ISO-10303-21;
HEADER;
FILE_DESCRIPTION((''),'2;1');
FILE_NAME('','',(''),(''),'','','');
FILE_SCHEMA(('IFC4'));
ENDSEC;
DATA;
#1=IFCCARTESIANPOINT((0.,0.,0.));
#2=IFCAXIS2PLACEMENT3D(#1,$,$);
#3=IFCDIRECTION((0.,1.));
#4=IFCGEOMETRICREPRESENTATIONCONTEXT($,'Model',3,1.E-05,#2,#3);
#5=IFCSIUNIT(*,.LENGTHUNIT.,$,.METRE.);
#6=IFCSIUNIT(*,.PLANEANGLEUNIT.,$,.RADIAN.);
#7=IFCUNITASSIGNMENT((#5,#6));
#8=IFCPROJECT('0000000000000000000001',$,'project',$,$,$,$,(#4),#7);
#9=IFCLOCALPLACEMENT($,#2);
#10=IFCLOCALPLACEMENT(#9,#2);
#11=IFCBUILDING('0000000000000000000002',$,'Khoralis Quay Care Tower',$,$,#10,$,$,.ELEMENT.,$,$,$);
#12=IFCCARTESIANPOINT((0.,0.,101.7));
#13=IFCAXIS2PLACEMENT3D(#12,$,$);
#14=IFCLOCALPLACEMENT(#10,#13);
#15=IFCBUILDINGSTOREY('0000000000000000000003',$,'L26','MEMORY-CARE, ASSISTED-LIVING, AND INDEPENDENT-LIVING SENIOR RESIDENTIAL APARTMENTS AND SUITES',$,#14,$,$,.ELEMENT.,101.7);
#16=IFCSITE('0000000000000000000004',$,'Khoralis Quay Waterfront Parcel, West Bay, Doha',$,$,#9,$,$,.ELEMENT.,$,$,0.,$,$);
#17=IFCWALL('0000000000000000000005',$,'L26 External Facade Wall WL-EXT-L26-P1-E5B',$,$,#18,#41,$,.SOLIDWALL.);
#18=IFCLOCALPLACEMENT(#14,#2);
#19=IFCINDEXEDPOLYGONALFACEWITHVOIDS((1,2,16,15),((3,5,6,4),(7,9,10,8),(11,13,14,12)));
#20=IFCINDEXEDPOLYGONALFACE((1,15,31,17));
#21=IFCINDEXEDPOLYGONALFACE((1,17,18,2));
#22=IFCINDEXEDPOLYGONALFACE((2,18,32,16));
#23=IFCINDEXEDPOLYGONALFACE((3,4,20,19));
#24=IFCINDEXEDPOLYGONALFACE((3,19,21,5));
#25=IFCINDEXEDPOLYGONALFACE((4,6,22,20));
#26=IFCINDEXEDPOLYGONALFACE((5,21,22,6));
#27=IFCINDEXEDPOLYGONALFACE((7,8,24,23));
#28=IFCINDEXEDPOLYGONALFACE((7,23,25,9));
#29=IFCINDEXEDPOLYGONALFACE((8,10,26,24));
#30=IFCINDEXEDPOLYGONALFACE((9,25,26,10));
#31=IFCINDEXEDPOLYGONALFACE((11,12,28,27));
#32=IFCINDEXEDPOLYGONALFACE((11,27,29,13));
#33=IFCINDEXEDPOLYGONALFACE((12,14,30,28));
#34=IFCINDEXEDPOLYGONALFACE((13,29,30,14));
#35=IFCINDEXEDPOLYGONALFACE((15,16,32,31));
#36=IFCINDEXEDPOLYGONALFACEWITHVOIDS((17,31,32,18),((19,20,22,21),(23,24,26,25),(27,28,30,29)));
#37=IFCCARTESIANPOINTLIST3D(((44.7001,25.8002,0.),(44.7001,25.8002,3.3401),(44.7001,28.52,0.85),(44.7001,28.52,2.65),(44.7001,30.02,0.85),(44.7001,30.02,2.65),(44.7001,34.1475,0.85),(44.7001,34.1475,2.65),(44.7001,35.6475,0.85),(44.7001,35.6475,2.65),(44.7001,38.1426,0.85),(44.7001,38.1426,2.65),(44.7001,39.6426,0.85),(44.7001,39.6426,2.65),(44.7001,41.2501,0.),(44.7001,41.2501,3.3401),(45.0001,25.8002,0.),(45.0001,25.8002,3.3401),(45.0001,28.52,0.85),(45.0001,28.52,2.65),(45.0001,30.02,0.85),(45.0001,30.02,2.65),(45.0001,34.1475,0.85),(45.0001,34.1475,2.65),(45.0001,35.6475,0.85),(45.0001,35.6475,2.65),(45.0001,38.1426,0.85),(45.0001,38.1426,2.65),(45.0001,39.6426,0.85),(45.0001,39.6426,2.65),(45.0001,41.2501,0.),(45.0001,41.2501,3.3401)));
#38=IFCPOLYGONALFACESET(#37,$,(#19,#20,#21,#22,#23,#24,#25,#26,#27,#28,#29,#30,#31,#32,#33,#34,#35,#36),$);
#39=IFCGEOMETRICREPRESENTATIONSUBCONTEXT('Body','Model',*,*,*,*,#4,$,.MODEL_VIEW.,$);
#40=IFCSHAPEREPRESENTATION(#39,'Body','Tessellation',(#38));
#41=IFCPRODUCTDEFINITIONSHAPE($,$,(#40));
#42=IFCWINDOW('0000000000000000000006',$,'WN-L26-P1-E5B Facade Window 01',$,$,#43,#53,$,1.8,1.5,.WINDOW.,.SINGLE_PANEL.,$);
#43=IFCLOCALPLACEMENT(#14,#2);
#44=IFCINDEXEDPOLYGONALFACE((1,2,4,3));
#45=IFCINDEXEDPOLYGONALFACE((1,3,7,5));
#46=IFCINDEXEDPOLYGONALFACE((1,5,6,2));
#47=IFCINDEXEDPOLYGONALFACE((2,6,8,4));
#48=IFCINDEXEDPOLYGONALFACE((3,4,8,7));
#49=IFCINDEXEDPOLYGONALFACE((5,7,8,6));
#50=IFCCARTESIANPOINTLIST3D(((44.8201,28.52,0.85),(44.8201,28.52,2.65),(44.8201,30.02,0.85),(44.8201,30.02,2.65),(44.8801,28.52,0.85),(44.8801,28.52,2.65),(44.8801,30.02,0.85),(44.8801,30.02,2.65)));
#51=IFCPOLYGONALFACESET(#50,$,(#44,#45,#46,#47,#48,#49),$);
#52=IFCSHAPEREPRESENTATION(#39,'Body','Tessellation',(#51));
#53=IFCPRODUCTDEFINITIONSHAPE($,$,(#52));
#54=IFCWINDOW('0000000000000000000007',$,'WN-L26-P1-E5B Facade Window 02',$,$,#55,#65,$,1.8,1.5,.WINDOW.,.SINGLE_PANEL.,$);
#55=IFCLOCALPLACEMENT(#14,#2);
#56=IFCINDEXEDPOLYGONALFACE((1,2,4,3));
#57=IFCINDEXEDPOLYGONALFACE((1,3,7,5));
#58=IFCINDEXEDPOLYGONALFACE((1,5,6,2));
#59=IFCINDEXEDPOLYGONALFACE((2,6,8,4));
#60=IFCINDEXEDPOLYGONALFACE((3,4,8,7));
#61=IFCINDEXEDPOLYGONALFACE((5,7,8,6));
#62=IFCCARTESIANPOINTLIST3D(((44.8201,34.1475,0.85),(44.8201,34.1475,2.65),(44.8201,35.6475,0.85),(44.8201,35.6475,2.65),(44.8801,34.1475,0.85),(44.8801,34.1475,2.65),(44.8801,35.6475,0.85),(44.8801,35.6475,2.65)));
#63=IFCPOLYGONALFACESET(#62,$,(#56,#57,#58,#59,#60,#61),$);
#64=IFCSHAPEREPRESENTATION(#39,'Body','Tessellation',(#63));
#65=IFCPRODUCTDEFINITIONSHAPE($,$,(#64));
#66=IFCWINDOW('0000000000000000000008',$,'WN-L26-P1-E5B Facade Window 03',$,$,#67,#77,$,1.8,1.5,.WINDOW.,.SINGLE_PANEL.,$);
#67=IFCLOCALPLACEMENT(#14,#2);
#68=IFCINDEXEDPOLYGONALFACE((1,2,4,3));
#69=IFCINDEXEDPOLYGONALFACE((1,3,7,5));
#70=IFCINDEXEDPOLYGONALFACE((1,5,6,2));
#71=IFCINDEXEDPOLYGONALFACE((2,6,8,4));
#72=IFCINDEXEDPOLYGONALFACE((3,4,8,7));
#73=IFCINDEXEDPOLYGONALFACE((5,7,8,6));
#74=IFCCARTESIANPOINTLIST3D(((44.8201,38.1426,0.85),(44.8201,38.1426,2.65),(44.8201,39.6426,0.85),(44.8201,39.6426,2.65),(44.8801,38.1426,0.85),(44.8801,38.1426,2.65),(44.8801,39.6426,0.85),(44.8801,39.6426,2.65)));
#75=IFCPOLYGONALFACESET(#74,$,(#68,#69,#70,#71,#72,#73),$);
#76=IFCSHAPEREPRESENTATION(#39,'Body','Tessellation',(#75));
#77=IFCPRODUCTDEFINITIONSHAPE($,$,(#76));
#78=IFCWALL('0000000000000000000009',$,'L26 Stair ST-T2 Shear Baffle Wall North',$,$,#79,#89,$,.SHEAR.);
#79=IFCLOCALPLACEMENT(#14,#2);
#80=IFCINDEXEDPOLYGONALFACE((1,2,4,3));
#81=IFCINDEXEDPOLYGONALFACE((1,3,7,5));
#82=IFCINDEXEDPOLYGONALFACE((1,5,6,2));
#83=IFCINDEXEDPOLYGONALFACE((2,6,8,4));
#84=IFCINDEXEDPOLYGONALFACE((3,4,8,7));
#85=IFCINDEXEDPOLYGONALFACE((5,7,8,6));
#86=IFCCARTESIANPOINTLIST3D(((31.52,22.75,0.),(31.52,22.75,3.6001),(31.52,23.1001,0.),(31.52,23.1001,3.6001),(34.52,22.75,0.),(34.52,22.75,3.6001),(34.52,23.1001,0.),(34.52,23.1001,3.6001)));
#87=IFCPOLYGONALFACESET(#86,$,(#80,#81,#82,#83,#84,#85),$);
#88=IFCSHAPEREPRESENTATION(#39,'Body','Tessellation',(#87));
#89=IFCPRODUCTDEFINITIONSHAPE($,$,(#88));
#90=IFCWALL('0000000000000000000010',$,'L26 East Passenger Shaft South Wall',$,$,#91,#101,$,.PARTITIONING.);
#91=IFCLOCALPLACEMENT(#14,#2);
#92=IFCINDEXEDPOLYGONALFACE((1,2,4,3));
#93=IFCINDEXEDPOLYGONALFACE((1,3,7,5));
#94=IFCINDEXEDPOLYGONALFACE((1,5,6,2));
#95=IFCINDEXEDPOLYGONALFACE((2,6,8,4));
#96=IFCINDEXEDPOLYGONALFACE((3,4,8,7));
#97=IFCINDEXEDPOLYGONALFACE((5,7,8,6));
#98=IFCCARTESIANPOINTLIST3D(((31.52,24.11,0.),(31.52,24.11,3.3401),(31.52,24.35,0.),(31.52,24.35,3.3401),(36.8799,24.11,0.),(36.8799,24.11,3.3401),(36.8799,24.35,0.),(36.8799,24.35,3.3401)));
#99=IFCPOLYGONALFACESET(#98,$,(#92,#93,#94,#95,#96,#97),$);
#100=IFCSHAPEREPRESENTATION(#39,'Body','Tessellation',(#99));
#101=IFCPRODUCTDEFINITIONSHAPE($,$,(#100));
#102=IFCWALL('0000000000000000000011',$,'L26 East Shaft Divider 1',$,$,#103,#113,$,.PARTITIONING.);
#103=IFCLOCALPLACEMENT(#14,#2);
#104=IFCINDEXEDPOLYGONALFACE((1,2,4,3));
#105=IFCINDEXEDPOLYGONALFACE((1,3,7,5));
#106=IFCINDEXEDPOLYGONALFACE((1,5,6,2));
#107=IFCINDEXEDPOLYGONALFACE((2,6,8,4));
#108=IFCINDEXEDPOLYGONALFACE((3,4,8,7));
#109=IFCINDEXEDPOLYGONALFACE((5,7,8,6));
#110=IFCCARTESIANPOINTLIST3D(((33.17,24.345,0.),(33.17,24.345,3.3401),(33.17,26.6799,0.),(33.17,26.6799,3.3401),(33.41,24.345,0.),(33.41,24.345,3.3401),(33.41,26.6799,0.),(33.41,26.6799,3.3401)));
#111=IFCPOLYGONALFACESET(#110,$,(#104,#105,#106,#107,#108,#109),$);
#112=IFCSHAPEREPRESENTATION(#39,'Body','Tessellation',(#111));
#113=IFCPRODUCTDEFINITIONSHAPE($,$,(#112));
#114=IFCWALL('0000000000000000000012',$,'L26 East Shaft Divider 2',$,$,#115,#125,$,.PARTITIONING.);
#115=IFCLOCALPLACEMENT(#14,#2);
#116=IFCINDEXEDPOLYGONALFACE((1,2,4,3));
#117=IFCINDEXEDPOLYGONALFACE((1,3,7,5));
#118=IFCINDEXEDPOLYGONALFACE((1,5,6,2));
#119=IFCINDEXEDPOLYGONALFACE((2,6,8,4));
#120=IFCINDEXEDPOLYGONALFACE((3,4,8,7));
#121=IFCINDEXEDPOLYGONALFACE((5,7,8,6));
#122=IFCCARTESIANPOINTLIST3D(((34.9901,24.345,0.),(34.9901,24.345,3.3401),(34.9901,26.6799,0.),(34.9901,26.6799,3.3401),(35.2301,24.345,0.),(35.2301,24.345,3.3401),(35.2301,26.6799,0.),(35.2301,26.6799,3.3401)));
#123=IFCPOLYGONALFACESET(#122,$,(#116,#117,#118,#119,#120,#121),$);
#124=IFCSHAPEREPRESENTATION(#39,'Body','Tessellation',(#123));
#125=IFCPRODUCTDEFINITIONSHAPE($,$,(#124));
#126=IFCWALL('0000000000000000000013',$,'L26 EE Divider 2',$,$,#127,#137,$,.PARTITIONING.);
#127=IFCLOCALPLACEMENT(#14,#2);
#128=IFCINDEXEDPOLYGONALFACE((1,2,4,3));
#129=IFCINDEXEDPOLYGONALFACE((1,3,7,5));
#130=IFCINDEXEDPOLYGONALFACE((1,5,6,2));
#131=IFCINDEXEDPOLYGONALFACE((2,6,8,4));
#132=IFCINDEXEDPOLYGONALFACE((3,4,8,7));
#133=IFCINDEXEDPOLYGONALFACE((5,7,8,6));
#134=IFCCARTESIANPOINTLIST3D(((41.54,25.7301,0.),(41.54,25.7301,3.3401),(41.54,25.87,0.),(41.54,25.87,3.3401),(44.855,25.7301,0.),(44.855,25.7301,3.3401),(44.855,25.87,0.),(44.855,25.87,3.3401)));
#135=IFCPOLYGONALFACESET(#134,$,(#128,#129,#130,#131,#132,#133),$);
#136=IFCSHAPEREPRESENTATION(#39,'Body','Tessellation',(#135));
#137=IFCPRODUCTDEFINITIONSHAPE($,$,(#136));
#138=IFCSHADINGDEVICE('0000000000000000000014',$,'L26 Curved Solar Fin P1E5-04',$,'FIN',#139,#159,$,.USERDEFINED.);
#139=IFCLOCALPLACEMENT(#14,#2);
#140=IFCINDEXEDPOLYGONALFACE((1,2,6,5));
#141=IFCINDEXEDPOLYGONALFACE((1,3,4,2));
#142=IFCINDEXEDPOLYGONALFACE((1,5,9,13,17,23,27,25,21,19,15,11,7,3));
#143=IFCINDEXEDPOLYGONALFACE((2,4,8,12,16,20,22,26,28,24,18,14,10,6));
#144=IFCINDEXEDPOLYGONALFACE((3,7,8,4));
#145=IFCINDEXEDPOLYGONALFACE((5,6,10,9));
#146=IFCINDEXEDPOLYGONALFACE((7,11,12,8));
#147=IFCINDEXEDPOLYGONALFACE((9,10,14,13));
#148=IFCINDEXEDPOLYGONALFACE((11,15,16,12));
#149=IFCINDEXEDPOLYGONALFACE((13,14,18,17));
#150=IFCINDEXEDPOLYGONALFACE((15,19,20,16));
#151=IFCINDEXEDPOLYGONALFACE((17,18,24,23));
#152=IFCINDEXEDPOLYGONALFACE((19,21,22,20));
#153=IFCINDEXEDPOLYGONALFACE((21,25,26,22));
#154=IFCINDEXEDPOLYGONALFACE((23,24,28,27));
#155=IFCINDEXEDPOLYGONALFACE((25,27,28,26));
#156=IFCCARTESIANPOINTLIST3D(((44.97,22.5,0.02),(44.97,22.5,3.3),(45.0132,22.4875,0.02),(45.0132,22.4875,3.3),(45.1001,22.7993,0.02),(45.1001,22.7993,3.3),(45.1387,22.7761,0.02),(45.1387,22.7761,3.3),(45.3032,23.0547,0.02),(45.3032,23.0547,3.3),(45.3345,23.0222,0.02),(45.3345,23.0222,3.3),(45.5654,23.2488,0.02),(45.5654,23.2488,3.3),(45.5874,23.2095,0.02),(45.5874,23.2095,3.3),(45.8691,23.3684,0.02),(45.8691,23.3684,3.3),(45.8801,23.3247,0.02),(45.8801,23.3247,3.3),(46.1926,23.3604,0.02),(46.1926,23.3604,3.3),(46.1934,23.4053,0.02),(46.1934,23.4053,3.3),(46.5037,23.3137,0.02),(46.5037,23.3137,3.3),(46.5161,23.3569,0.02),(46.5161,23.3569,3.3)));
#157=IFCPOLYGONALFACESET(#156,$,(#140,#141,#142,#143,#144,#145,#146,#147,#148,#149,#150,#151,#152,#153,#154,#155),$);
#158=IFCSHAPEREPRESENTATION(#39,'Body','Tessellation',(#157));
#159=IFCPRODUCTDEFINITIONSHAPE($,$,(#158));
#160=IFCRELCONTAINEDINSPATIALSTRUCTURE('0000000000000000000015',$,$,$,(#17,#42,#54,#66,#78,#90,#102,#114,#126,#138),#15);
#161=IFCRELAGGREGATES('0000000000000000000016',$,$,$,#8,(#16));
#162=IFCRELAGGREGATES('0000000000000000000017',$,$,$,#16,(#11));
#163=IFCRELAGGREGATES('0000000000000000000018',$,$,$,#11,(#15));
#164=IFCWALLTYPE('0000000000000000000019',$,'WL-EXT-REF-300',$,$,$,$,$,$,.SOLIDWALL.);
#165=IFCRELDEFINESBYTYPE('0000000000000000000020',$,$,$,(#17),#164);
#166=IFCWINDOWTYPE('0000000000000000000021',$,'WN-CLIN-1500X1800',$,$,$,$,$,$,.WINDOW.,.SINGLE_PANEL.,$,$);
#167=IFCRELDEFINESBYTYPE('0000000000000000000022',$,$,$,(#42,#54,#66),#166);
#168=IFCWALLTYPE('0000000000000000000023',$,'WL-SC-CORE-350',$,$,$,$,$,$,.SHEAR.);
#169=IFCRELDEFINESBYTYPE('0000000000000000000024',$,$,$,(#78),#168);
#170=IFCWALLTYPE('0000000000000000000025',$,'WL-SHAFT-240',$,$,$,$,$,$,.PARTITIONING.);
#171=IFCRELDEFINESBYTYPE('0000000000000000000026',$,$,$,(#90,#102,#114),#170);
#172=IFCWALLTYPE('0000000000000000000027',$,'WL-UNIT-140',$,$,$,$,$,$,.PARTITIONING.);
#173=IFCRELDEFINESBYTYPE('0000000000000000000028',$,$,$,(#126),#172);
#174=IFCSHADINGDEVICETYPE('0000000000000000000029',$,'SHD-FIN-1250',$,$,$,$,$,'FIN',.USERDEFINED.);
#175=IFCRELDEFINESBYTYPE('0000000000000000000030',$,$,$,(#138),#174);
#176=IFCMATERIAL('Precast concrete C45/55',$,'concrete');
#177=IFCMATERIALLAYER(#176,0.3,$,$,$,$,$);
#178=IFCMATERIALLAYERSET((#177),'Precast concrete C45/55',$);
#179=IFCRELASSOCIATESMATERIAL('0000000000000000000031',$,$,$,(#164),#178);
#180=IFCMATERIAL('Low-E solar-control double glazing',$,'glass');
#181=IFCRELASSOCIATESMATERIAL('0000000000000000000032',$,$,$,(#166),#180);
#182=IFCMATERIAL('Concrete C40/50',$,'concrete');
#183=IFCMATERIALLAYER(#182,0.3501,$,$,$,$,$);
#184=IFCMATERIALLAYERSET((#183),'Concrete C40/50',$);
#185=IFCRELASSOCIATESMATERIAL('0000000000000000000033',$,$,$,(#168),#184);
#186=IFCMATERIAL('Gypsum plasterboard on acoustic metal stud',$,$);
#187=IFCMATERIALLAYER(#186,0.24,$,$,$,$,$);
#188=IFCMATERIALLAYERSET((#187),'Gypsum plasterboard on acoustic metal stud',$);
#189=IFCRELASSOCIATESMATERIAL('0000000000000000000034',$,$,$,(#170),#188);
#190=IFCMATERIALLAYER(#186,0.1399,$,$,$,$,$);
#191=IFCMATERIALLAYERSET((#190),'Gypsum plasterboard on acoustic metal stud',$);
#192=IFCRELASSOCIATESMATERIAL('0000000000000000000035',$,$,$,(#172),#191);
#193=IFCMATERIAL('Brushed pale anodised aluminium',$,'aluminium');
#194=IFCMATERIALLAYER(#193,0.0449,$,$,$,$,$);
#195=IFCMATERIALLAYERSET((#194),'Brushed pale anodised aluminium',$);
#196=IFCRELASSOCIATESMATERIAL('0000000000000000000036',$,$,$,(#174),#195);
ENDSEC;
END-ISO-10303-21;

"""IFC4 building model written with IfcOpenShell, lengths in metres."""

from ifc_helpers import new_model, si_unit, direction, frame, frame_2d, origin, place, context, subcontext, project, spatial, polyline, rectangle, outline, extrude, source, transform, mapped, material, layer, layer_set, type_object, element, fill, save


model = new_model("IFC4")

# Units and contexts
model_context = context("Model", 3, precision=1e-05, world=origin(), true_north=direction((0.0, 1.0)))
body_context = subcontext(model_context, "Body", "Model", "MODEL_VIEW")
ifc_project = project(units=[si_unit("LENGTHUNIT", "METRE"), si_unit("PLANEANGLEUNIT", "RADIAN")], contexts=[model_context])

# Site, building, storey
site_placement = place(None, origin())
site = spatial("IfcSite", under=ifc_project, at=site_placement, Name="Khoralis Quay Waterfront Parcel, West Bay, Doha", CompositionType="ELEMENT", RefElevation=0.0)
building_placement = place(site_placement, origin())
building = spatial("IfcBuilding", under=site, at=building_placement, Name="Khoralis Quay Care Tower", CompositionType="ELEMENT")
storey_placement = place(building_placement, frame((0.0, 0.0, 101.7)))
storey = spatial("IfcBuildingStorey", under=building, at=storey_placement, Name="L26", Description="MEMORY-CARE, ASSISTED-LIVING, AND INDEPENDENT-LIVING SENIOR RESIDENTIAL APARTMENTS AND SUITES", CompositionType="ELEMENT", Elevation=101.7)

# Shared definitions
ifc_material_1 = material(Name="Low-E solar-control double glazing", Category="glass")

# Wall, openings, windows
ifc_material_2 = material(Name="Precast concrete C45/55", Category="concrete")
ifc_layer_1 = layer(ifc_material_2, 0.3)
ifc_layer_set_1 = layer_set([ifc_layer_1], Name="Precast concrete C45/55")
wall_type_1 = type_object("IfcWallType", Name="WL-EXT-REF-300", PredefinedType="SOLIDWALL", material=ifc_layer_set_1)
wall_1_placement = place(storey_placement, frame((44.8501, 25.8, 0.0), z_axis=(0.0, 0.0, 1.0), x_axis=(0.0, 1.0, 0.0)))
wall_1 = element("IfcWall", 1, at=wall_1_placement, inside=storey, type_object=wall_type_1, Name="L26 External Facade Wall WL-EXT-L26-P1-E5B", PredefinedType="SOLIDWALL", context=body_context, shape_type="SweptSolid", body=[
    extrude(rectangle(XDim=15.45, YDim=0.3, at=frame_2d((7.7251, 0.0))), origin(), (0.0, 0.0, 1.0), 3.3401),
])
opening_1_placement = place(wall_1_placement, frame((2.72, 0.0, 0.8501)))
opening_1 = element("IfcOpeningElement", 2, at=opening_1_placement, cuts=wall_1, PredefinedType="OPENING", context=body_context, shape_type="SweptSolid", body=[
    extrude(rectangle(XDim=1.5, YDim=1.8, at=frame_2d((0.75, 0.8999))), frame((0.0, 0.1602, 0.0), z_axis=(0.0, -1.0, 0.0), x_axis=(1.0, 0.0, 0.0)), (0.0, 0.0, 1.0), 0.3201),
])
opening_2_placement = place(wall_1_placement, frame((8.3474, 0.0, 0.8501)))
opening_2 = element("IfcOpeningElement", 3, at=opening_2_placement, cuts=wall_1, PredefinedType="OPENING", context=body_context, shape_type="SweptSolid", body=[
    extrude(rectangle(XDim=1.5, YDim=1.8, at=frame_2d((0.75, 0.8999))), frame((0.0, 0.1602, 0.0), z_axis=(0.0, -1.0, 0.0), x_axis=(1.0, 0.0, 0.0)), (0.0, 0.0, 1.0), 0.3201),
])
opening_3_placement = place(wall_1_placement, frame((12.3425, 0.0, 0.8501)))
opening_3 = element("IfcOpeningElement", 4, at=opening_3_placement, cuts=wall_1, PredefinedType="OPENING", context=body_context, shape_type="SweptSolid", body=[
    extrude(rectangle(XDim=1.5, YDim=1.8, at=frame_2d((0.75, 0.8999))), frame((0.0, 0.1602, 0.0), z_axis=(0.0, -1.0, 0.0), x_axis=(1.0, 0.0, 0.0)), (0.0, 0.0, 1.0), 0.3201),
])
window_type = type_object("IfcWindowType", Name="WN-CLIN-1500X1800", PartitioningType="SINGLE_PANEL", PredefinedType="WINDOW", material=ifc_material_1)
shared_shape_1 = source(origin(), body_context, "Body", "SweptSolid", [
    extrude(rectangle(XDim=1.5, YDim=1.8, at=frame_2d((0.75, 0.8999))), frame((0.0, 0.03, 0.0), z_axis=(0.0, -1.0, 0.0), x_axis=(1.0, 0.0, 0.0)), (0.0, 0.0, 1.0), 0.0601),
])
window_1_placement = place(opening_1_placement, origin())
window_1 = element("IfcWindow", 5, at=window_1_placement, inside=storey, type_object=window_type, Name="WN-L26-P1-E5B Facade Window 01", OverallHeight=1.8, OverallWidth=1.5, PartitioningType="SINGLE_PANEL", PredefinedType="WINDOW", context=body_context, shape_type="MappedRepresentation", body=[
    mapped(shared_shape_1, transform((0.0, 0.0, 0.0), scale=1.0)),
])
fill(opening_1, window_1)
window_2_placement = place(opening_2_placement, origin())
window_2 = element("IfcWindow", 6, at=window_2_placement, inside=storey, type_object=window_type, Name="WN-L26-P1-E5B Facade Window 02", OverallHeight=1.8, OverallWidth=1.5, PartitioningType="SINGLE_PANEL", PredefinedType="WINDOW", context=body_context, shape_type="MappedRepresentation", body=[
    mapped(shared_shape_1, transform((0.0, 0.0, 0.0), scale=1.0)),
])
fill(opening_2, window_2)
window_3_placement = place(opening_3_placement, origin())
window_3 = element("IfcWindow", 7, at=window_3_placement, inside=storey, type_object=window_type, Name="WN-L26-P1-E5B Facade Window 03", OverallHeight=1.8, OverallWidth=1.5, PartitioningType="SINGLE_PANEL", PredefinedType="WINDOW", context=body_context, shape_type="MappedRepresentation", body=[
    mapped(shared_shape_1, transform((0.0, 0.0, 0.0), scale=1.0)),
])
fill(opening_3, window_3)

# Walls
ifc_material_3 = material(Name="Concrete C40/50", Category="concrete")
ifc_layer_2 = layer(ifc_material_3, 0.3501)
ifc_layer_set_2 = layer_set([ifc_layer_2], Name="Concrete C40/50")
wall_type_2 = type_object("IfcWallType", Name="WL-SC-CORE-350", PredefinedType="SHEAR", material=ifc_layer_set_2)
wall_2_placement = place(storey_placement, frame((31.52, 22.925, 0.0), z_axis=(0.0, 0.0, 1.0), x_axis=(1.0, 0.0, 0.0)))
element("IfcWall", 8, at=wall_2_placement, inside=storey, type_object=wall_type_2, Name="L26 Stair ST-T2 Shear Baffle Wall North", PredefinedType="SHEAR", context=body_context, shape_type="SweptSolid", body=[
    extrude(rectangle(XDim=3.0, YDim=0.3501, at=frame_2d((1.5, 0.0))), origin(), (0.0, 0.0, 1.0), 3.6001),
])
ifc_material_4 = material(Name="Gypsum plasterboard on acoustic metal stud")
ifc_layer_3 = layer(ifc_material_4, 0.24)
ifc_layer_set_3 = layer_set([ifc_layer_3], Name="Gypsum plasterboard on acoustic metal stud")
wall_type_3 = type_object("IfcWallType", Name="WL-SHAFT-240", PredefinedType="PARTITIONING", material=ifc_layer_set_3)
wall_3_placement = place(storey_placement, frame((31.52, 24.23, 0.0), z_axis=(0.0, 0.0, 1.0), x_axis=(1.0, 0.0, 0.0)))
element("IfcWall", 9, at=wall_3_placement, inside=storey, type_object=wall_type_3, Name="L26 East Passenger Shaft South Wall", PredefinedType="PARTITIONING", context=body_context, shape_type="SweptSolid", body=[
    extrude(rectangle(XDim=5.3599, YDim=0.24, at=frame_2d((2.6799, 0.0))), origin(), (0.0, 0.0, 1.0), 3.3401),
])
for number, where, z_axis, x_axis, name in (
    (10, (33.29, 24.345, 0.0), (0.0, 0.0, 1.0), (0.0, 1.0, 0.0), "L26 East Shaft Divider 1"),
    (11, (35.1101, 24.345, 0.0), (0.0, 0.0, 1.0), (0.0, 1.0, 0.0), "L26 East Shaft Divider 2"),
):
    element("IfcWall", number, at=place(storey_placement, frame(where, z_axis=z_axis, x_axis=x_axis)), inside=storey, type_object=wall_type_3, Name=name, PredefinedType="PARTITIONING", context=body_context, shape_type="SweptSolid", body=[
        extrude(rectangle(XDim=2.335, YDim=0.24, at=frame_2d((1.1675, 0.0))), origin(), (0.0, 0.0, 1.0), 3.3401),
    ])
ifc_layer_4 = layer(ifc_material_4, 0.1399)
ifc_layer_set_4 = layer_set([ifc_layer_4], Name="Gypsum plasterboard on acoustic metal stud")
wall_type_4 = type_object("IfcWallType", Name="WL-UNIT-140", PredefinedType="PARTITIONING", material=ifc_layer_set_4)
wall_4_placement = place(storey_placement, frame((41.54, 25.8, 0.0), z_axis=(0.0, 0.0, 1.0), x_axis=(1.0, 0.0, 0.0)))
element("IfcWall", 12, at=wall_4_placement, inside=storey, type_object=wall_type_4, Name="L26 EE Divider 2", PredefinedType="PARTITIONING", context=body_context, shape_type="SweptSolid", body=[
    extrude(rectangle(XDim=3.3149, YDim=0.1399, at=frame_2d((1.6575, 0.0))), origin(), (0.0, 0.0, 1.0), 3.3401),
])

# Shading device
ifc_material_5 = material(Name="Brushed pale anodised aluminium", Category="aluminium")
ifc_layer_5 = layer(ifc_material_5, 0.0449)
ifc_layer_set_5 = layer_set([ifc_layer_5], Name="Brushed pale anodised aluminium")
shading_device_type = type_object("IfcShadingDeviceType", Name="SHD-FIN-1250", ElementType="FIN", PredefinedType="USERDEFINED", material=ifc_layer_set_5)
shared_shape_2 = source(origin(), body_context, "Body", "SweptSolid", [
    extrude(outline(polyline([(0.0, 0.0), (0.1301, 0.2993), (0.3333, 0.5547), (0.5955, 0.7488), (0.8992, 0.8684), (1.2234, 0.9053), (1.5461, 0.8569), (1.5337, 0.8137), (1.2227, 0.8604), (0.9102, 0.8247), (0.6174, 0.7095), (0.3645, 0.5222), (0.1687, 0.2761), (0.0432, -0.0125), (0.0, 0.0)])), origin(), (0.0, 0.0, 1.0), 3.28),
])
for number, where, z_axis, x_axis, name in (
    (13, (44.97, 22.5, 0.02), (0.0, 0.0, 1.0), (1.0, 0.0, 0.0), "L26 Curved Solar Fin P1E5-04"),
):
    element("IfcShadingDevice", number, at=place(storey_placement, frame(where, z_axis=z_axis, x_axis=x_axis)), inside=storey, type_object=shading_device_type, Name=name, ObjectType="FIN", PredefinedType="USERDEFINED", context=body_context, shape_type="MappedRepresentation", body=[
        mapped(shared_shape_2, transform((0.0, 0.0, 0.0), scale=1.0)),
    ])

save(model, "model.ifc")
